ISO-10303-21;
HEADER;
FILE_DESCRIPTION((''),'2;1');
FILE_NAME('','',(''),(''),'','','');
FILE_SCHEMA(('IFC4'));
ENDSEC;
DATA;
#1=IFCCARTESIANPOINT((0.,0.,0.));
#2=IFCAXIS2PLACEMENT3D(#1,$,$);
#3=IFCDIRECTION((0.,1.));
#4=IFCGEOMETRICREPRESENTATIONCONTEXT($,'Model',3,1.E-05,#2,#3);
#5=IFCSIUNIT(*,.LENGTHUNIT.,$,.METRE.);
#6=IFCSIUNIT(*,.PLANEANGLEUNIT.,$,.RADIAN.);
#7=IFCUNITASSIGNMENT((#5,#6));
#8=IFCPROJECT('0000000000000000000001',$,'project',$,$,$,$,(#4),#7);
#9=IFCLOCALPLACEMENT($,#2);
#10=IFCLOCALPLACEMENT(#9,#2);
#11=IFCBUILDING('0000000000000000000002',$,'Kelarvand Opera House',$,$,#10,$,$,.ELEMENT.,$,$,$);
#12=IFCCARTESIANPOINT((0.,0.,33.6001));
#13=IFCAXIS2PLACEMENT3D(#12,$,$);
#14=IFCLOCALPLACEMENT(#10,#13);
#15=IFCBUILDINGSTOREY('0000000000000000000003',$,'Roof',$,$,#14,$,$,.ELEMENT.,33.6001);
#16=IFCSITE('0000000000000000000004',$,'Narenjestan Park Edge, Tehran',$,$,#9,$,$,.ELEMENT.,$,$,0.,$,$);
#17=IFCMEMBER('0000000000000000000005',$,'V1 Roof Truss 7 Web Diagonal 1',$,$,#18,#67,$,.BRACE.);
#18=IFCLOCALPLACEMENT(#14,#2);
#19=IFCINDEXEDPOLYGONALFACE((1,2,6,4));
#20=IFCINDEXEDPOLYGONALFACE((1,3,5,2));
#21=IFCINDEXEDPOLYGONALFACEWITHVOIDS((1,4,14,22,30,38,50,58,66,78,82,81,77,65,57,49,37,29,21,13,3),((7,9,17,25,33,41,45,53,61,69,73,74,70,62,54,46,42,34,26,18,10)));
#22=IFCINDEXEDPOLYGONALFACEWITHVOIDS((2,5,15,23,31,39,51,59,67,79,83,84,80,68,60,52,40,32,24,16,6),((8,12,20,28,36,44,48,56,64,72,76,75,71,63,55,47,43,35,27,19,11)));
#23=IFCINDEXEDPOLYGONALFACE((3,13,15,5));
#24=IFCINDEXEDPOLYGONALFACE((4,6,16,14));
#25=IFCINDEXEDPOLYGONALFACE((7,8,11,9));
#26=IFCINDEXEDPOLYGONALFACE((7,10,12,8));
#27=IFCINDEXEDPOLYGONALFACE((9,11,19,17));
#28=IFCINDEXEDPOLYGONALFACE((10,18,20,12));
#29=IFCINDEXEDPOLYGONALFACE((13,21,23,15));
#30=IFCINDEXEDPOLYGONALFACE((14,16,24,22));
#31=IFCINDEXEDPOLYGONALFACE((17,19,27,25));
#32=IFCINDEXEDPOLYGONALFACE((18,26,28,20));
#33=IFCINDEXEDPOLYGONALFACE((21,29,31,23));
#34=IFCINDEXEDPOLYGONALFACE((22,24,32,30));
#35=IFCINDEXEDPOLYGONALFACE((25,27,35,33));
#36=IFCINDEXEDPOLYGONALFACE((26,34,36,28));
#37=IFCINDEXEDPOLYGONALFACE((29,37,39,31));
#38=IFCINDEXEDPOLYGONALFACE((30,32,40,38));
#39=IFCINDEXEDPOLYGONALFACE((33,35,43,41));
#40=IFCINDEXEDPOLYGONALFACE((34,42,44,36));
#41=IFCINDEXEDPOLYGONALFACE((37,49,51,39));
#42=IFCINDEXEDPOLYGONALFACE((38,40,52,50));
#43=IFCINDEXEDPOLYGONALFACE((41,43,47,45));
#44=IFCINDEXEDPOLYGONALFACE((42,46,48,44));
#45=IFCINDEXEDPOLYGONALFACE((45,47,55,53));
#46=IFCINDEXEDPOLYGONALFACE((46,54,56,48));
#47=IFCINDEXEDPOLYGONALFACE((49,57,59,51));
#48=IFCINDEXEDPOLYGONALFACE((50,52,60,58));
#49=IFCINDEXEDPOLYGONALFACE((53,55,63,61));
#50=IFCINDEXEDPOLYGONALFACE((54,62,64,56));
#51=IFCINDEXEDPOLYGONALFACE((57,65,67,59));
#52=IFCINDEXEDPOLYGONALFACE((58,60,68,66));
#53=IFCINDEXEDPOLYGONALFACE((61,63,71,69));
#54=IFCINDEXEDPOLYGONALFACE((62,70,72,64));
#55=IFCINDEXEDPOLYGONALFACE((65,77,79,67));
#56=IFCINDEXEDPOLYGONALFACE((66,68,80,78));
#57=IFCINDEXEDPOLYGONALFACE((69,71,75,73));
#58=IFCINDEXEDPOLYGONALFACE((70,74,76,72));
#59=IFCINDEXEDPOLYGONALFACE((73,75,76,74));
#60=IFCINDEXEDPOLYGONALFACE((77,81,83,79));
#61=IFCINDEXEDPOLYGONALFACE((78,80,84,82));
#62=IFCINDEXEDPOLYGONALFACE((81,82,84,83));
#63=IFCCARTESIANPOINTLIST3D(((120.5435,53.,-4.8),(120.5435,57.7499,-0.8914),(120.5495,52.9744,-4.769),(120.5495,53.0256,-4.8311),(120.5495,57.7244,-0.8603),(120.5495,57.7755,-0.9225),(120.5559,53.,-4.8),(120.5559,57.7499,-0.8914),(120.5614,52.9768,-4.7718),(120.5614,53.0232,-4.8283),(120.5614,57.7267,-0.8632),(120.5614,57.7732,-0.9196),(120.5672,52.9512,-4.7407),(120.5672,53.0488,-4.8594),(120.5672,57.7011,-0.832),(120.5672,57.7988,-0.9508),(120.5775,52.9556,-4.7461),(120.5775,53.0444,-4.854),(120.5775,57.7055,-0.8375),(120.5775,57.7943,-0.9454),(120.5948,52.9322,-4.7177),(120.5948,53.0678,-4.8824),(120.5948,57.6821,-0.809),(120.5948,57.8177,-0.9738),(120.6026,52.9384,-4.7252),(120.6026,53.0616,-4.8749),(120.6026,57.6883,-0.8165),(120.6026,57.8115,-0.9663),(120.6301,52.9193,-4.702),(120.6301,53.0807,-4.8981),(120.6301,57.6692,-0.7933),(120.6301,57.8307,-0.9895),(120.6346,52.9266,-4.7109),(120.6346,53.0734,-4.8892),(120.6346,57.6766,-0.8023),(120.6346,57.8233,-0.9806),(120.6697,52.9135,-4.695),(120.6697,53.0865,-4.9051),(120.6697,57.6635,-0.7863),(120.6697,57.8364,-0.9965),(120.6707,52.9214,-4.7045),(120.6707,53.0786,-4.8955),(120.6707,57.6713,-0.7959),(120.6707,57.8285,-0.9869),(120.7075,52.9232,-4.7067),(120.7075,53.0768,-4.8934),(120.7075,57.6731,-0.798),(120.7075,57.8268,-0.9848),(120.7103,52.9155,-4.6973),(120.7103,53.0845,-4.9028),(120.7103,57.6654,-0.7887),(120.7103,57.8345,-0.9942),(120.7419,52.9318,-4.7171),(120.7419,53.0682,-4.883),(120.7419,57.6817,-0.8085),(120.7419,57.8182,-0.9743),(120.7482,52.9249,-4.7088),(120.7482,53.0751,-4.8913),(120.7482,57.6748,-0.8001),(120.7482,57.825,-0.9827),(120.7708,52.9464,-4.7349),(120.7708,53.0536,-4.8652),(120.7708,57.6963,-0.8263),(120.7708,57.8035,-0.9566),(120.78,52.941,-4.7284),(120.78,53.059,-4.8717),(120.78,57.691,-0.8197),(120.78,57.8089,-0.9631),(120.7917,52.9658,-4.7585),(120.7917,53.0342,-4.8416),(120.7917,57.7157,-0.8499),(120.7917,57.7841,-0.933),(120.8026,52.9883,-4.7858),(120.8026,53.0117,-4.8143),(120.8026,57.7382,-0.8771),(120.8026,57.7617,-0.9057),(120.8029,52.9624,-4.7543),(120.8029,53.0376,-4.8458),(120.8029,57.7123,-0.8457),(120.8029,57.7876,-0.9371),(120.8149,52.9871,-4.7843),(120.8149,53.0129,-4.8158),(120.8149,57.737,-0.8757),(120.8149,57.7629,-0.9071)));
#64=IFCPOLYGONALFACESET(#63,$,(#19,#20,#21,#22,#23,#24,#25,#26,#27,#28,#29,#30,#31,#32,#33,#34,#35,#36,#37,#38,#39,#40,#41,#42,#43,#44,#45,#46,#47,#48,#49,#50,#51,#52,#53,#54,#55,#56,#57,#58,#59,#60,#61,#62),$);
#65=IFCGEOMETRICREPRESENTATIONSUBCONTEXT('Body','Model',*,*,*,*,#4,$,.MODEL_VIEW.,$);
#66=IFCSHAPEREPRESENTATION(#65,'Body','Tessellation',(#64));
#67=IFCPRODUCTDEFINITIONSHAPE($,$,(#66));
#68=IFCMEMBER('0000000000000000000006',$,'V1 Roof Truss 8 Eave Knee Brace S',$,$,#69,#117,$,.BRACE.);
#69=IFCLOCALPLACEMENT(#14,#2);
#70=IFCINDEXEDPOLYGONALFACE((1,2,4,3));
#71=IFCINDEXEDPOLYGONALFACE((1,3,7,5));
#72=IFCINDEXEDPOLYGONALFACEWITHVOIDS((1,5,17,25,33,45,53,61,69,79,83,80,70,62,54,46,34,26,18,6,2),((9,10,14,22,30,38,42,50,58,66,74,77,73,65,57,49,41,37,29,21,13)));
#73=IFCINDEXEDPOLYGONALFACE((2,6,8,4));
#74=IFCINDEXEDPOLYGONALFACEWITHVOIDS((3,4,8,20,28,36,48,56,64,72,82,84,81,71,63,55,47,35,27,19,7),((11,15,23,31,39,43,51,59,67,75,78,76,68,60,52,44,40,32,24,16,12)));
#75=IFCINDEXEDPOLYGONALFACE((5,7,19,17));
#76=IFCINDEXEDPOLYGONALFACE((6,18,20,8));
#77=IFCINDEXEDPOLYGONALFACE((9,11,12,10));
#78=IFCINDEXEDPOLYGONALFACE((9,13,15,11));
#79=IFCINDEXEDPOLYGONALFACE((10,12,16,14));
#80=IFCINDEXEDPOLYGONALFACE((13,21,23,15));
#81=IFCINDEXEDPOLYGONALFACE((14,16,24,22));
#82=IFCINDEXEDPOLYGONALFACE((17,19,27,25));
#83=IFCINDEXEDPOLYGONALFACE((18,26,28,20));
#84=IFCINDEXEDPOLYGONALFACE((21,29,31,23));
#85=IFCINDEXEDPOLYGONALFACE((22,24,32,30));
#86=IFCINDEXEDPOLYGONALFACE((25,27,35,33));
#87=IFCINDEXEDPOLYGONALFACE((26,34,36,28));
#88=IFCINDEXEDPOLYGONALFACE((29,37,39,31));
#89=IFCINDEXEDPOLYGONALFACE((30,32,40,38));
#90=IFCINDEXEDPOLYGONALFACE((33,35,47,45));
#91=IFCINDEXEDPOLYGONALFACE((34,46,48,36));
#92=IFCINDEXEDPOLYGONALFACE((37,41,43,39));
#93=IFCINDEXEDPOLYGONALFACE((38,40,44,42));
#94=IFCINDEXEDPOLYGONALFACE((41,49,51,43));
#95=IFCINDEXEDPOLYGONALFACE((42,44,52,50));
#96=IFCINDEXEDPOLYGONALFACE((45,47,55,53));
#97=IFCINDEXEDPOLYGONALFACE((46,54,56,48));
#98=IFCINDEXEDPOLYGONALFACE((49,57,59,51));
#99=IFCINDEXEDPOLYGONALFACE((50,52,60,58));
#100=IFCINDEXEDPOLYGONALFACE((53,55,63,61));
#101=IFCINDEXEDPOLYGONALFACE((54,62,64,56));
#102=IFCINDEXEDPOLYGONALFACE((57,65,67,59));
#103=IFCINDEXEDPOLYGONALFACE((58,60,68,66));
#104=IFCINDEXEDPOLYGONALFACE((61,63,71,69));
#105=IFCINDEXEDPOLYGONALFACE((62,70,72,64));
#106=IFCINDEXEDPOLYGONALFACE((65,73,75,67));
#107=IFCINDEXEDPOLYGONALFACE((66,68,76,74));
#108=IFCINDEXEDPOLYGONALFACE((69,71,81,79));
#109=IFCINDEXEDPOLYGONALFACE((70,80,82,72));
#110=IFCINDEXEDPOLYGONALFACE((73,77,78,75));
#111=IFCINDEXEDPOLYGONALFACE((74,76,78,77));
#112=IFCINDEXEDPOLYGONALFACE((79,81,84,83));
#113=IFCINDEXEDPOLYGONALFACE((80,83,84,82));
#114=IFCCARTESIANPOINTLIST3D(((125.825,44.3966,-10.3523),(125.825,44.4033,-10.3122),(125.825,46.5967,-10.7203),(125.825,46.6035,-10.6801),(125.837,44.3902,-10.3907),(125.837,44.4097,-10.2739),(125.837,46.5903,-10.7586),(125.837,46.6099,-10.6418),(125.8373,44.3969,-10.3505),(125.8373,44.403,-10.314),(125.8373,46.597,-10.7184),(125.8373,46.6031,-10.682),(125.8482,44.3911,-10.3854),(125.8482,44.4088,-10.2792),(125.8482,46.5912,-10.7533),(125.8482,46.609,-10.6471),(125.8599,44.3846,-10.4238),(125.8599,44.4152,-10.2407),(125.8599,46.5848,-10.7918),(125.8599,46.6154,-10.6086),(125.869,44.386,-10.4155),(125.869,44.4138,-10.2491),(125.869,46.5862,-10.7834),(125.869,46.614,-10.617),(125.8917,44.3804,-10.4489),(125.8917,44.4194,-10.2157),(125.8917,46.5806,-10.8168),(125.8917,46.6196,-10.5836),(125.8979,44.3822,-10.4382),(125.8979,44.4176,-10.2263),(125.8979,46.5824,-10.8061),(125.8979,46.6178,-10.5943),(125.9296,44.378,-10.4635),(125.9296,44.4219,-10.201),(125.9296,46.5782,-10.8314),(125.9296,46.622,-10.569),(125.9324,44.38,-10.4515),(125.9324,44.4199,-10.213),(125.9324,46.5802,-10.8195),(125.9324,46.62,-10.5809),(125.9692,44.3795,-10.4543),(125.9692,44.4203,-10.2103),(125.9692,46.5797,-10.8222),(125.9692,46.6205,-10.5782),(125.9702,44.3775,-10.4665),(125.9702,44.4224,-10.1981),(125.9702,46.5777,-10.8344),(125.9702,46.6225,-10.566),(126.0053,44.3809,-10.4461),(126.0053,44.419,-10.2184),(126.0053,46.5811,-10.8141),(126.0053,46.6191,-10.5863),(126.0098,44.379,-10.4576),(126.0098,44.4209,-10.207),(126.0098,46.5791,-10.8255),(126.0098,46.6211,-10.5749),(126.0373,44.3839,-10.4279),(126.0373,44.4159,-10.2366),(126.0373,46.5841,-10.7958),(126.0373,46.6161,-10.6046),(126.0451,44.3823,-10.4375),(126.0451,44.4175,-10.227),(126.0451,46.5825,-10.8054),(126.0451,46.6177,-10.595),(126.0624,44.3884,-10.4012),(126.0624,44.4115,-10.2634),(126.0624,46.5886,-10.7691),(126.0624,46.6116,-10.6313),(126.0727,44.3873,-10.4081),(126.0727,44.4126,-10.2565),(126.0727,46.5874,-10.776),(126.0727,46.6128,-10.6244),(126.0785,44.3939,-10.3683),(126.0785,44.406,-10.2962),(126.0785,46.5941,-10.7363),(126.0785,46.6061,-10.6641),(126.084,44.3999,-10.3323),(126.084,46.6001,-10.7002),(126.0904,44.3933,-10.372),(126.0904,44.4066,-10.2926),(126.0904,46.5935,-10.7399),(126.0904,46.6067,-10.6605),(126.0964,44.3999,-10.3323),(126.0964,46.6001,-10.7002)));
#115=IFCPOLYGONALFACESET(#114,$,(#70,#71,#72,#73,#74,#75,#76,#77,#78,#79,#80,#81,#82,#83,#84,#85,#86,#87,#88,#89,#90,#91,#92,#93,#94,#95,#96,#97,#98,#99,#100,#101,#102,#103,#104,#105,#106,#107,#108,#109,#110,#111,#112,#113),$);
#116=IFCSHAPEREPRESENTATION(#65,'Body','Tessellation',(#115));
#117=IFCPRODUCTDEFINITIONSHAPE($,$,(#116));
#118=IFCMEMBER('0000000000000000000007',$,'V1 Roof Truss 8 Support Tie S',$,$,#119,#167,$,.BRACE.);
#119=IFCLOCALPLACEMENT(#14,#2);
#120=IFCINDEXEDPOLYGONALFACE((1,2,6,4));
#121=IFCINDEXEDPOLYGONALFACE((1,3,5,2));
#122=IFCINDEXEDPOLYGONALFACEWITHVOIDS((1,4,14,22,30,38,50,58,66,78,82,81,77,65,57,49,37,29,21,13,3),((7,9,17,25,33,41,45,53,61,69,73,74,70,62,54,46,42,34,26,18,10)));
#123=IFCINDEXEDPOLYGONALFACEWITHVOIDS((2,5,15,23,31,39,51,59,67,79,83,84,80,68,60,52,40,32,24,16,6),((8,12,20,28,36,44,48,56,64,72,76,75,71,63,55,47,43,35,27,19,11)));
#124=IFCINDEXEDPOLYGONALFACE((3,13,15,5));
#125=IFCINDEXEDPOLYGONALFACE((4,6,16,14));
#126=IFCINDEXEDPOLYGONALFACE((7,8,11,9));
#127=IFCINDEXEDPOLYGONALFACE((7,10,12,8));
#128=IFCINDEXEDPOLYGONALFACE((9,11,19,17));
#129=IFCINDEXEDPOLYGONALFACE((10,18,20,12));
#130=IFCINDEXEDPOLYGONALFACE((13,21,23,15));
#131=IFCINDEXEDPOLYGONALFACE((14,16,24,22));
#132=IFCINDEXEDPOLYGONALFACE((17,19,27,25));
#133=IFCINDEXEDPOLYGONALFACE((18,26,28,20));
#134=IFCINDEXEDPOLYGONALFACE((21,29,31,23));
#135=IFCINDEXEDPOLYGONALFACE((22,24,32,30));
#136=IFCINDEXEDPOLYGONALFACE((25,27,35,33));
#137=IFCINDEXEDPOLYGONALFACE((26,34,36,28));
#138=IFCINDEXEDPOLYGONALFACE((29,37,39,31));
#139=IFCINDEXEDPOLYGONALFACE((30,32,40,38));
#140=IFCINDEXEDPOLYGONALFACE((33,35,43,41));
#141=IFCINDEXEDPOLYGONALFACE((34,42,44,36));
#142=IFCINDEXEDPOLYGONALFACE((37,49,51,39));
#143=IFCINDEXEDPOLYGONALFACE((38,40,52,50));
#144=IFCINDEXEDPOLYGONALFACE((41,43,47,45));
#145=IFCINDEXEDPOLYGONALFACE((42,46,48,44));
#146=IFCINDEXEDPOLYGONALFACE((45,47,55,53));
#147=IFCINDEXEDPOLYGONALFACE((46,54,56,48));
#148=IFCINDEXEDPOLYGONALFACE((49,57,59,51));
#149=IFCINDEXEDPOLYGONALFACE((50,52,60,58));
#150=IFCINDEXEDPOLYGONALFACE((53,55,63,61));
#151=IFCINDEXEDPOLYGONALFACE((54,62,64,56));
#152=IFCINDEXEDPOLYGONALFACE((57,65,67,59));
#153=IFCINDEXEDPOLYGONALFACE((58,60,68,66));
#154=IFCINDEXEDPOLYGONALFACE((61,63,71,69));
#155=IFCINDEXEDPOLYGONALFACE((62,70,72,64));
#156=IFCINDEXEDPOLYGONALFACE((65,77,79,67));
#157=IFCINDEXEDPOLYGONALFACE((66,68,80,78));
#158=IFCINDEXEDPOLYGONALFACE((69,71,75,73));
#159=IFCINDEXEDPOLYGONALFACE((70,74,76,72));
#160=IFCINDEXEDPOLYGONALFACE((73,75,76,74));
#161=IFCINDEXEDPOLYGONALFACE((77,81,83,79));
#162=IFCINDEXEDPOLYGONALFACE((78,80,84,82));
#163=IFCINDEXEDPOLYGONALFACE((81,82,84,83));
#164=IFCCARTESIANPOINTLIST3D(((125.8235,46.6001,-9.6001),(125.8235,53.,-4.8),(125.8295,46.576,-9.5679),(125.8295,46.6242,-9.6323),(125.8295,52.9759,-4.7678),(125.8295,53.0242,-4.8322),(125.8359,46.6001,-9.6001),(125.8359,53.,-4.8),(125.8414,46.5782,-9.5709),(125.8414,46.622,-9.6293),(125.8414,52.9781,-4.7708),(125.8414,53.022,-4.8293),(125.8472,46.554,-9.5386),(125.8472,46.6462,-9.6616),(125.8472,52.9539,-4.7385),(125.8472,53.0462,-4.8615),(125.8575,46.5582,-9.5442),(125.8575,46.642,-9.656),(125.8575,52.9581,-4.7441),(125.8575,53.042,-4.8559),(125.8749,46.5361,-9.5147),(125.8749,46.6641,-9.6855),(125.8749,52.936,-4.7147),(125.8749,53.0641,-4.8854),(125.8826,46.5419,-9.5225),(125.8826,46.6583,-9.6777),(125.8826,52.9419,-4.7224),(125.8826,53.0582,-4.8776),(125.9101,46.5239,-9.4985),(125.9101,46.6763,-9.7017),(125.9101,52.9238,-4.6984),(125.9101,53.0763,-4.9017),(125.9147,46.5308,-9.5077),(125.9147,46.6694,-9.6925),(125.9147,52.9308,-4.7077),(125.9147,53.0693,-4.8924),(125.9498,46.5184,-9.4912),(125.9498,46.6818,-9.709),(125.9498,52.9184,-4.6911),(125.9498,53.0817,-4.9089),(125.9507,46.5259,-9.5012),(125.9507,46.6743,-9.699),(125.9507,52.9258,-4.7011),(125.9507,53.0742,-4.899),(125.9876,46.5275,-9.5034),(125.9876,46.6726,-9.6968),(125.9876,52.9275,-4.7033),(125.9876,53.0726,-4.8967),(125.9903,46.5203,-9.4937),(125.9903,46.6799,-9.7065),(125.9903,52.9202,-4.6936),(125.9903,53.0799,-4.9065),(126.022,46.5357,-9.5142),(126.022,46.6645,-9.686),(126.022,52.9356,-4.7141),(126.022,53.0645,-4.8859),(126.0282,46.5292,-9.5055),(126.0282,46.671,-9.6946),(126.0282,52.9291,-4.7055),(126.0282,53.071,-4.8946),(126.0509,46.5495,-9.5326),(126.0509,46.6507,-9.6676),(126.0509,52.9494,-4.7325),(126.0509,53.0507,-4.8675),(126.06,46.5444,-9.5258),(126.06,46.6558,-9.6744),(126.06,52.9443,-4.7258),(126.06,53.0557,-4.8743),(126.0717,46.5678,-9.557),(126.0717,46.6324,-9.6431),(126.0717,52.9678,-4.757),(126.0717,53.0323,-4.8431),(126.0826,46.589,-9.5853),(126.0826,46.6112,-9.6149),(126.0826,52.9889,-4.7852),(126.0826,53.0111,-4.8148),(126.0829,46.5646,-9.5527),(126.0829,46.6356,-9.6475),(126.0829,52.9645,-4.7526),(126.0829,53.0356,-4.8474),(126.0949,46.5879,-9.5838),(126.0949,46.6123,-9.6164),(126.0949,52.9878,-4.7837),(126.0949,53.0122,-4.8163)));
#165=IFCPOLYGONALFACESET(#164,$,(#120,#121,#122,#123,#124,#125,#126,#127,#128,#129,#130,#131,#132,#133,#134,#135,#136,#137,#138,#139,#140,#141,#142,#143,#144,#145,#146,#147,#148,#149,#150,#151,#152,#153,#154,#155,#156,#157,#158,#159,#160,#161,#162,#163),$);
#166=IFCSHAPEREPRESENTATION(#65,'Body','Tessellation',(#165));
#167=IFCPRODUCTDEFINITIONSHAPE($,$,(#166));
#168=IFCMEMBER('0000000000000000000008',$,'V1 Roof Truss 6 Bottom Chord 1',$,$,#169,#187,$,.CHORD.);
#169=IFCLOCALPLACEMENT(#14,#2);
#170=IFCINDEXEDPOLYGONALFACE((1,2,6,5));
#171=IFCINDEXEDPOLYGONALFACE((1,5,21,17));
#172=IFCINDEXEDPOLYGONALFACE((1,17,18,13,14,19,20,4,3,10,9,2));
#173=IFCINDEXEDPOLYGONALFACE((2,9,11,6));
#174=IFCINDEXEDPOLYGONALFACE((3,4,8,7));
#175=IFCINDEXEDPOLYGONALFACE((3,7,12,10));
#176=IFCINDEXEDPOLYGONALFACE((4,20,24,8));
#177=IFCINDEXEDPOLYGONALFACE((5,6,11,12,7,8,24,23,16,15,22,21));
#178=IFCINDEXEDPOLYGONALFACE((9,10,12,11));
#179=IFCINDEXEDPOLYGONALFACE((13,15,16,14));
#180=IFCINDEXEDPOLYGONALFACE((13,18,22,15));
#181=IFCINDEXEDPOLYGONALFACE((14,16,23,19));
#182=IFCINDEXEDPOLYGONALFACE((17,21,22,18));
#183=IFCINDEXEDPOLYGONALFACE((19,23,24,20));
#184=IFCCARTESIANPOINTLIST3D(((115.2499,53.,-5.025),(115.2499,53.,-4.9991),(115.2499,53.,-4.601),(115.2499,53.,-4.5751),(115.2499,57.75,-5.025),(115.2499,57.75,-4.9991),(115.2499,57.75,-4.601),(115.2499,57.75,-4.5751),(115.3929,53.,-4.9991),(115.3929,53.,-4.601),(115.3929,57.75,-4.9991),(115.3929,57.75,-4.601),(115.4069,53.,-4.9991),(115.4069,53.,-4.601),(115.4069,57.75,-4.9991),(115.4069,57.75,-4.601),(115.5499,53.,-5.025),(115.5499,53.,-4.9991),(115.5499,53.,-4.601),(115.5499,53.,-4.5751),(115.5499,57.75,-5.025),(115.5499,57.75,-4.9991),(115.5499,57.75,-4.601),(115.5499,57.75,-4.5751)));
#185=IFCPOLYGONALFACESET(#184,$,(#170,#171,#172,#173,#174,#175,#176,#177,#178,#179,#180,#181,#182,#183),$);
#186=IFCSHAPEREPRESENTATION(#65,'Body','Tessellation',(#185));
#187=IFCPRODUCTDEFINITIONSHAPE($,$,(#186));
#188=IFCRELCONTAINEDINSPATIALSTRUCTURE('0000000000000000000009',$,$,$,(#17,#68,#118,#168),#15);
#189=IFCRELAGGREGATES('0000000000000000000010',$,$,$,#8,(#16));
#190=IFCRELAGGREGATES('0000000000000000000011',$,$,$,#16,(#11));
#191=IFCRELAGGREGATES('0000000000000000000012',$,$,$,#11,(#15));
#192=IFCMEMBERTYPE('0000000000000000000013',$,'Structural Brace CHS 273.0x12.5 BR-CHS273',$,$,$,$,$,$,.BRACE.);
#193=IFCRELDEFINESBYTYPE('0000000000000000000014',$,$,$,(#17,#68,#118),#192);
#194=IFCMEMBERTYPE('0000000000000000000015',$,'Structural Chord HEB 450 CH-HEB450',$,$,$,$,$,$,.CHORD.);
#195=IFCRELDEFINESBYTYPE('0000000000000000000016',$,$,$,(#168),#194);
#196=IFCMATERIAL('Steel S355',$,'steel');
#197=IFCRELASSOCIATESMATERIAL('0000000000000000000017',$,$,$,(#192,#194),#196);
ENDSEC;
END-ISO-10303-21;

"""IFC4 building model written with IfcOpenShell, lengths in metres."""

from ifc_helpers import new_model, si_unit, direction, frame, origin, origin_2d, place, context, subcontext, project, spatial, hollow_circle, i_section, extrude, material, material_profile, profile_set, type_object, element, save


model = new_model("IFC4")

# Units and contexts
model_context = context("Model", 3, precision=1e-05, world=origin(), true_north=direction((0.0, 1.0)))
body_context = subcontext(model_context, "Body", "Model", "MODEL_VIEW")
ifc_project = project(units=[si_unit("LENGTHUNIT", "METRE"), si_unit("PLANEANGLEUNIT", "RADIAN")], contexts=[model_context])

# Site, building, storey
site_placement = place(None, origin())
site = spatial("IfcSite", under=ifc_project, at=site_placement, Name="Narenjestan Park Edge, Tehran", CompositionType="ELEMENT", RefElevation=0.0)
building_placement = place(site_placement, origin())
building = spatial("IfcBuilding", under=site, at=building_placement, Name="Kelarvand Opera House", CompositionType="ELEMENT")
storey_placement = place(building_placement, frame((0.0, 0.0, 33.6001)))
storey = spatial("IfcBuildingStorey", under=building, at=storey_placement, Name="Roof", CompositionType="ELEMENT", Elevation=33.6001)

# Members
ifc_material = material(Name="Steel S355", Category="steel")
ifc_material_profile_1 = material_profile(ifc_material, hollow_circle(Radius=0.1365, WallThickness=0.0125, at=origin_2d()), Name="CHS 273.0x12.5", Category="steel")
ifc_profile_set_1 = profile_set([ifc_material_profile_1], Name="Steel S355")
member_type_1 = type_object("IfcMemberType", Name="Structural Brace CHS 273.0x12.5 BR-CHS273", PredefinedType="BRACE", material=ifc_profile_set_1)
member_1_placement = place(storey_placement, frame((120.6799, 53.0, -4.8), z_axis=(0.0, 0.772175, 0.63541), x_axis=(-1.0, 0.0, 0.0)))
element("IfcMember", 1, at=member_1_placement, inside=storey, type_object=member_type_1, Name="V1 Roof Truss 7 Web Diagonal 1", PredefinedType="BRACE", context=body_context, shape_type="SweptSolid", body=[
    extrude(hollow_circle(Radius=0.1365, WallThickness=0.0125, at=origin_2d()), origin(), (0.0, 0.0, 1.0), 6.1514),
])
member_2_placement = place(storey_placement, frame((125.96, 46.6001, -10.7002), z_axis=(0.0, -0.986305, 0.164931), x_axis=(1.0, 0.0, 0.0)))
element("IfcMember", 2, at=member_2_placement, inside=storey, type_object=member_type_1, Name="V1 Roof Truss 8 Eave Knee Brace S", PredefinedType="BRACE", context=body_context, shape_type="SweptSolid", body=[
    extrude(hollow_circle(Radius=0.1365, WallThickness=0.0125, at=origin_2d()), origin(), (0.0, 0.0, 1.0), 2.2307),
])
member_3_placement = place(storey_placement, frame((125.96, 46.6001, -9.6001), z_axis=(0.0, 0.799993, 0.60001), x_axis=(-1.0, 0.0, 0.0)))
element("IfcMember", 3, at=member_3_placement, inside=storey, type_object=member_type_1, Name="V1 Roof Truss 8 Support Tie S", PredefinedType="BRACE", context=body_context, shape_type="SweptSolid", body=[
    extrude(hollow_circle(Radius=0.1365, WallThickness=0.0125, at=origin_2d()), origin(), (0.0, 0.0, 1.0), 8.0),
])
ifc_material_profile_2 = material_profile(ifc_material, i_section(OverallWidth=0.3, OverallDepth=0.45, WebThickness=0.0139, FlangeThickness=0.0259, at=origin_2d()), Name="HEB 450", Category="steel")
ifc_profile_set_2 = profile_set([ifc_material_profile_2], Name="Steel S355")
member_type_2 = type_object("IfcMemberType", Name="Structural Chord HEB 450 CH-HEB450", PredefinedType="CHORD", material=ifc_profile_set_2)
for number, where, z_axis, x_axis, name in (
    (4, (115.3999, 53.0, -4.8), (0.0, 1.0, 0.0), (-1.0, 0.0, 0.0), "V1 Roof Truss 6 Bottom Chord 1"),
):
    element("IfcMember", number, at=place(storey_placement, frame(where, z_axis=z_axis, x_axis=x_axis)), inside=storey, type_object=member_type_2, Name=name, PredefinedType="CHORD", context=body_context, shape_type="SweptSolid", body=[
        extrude(i_section(OverallWidth=0.3, OverallDepth=0.45, WebThickness=0.0139, FlangeThickness=0.0259, at=origin_2d()), origin(), (0.0, 0.0, 1.0), 4.75),
    ])

save(model, "model.ifc")
